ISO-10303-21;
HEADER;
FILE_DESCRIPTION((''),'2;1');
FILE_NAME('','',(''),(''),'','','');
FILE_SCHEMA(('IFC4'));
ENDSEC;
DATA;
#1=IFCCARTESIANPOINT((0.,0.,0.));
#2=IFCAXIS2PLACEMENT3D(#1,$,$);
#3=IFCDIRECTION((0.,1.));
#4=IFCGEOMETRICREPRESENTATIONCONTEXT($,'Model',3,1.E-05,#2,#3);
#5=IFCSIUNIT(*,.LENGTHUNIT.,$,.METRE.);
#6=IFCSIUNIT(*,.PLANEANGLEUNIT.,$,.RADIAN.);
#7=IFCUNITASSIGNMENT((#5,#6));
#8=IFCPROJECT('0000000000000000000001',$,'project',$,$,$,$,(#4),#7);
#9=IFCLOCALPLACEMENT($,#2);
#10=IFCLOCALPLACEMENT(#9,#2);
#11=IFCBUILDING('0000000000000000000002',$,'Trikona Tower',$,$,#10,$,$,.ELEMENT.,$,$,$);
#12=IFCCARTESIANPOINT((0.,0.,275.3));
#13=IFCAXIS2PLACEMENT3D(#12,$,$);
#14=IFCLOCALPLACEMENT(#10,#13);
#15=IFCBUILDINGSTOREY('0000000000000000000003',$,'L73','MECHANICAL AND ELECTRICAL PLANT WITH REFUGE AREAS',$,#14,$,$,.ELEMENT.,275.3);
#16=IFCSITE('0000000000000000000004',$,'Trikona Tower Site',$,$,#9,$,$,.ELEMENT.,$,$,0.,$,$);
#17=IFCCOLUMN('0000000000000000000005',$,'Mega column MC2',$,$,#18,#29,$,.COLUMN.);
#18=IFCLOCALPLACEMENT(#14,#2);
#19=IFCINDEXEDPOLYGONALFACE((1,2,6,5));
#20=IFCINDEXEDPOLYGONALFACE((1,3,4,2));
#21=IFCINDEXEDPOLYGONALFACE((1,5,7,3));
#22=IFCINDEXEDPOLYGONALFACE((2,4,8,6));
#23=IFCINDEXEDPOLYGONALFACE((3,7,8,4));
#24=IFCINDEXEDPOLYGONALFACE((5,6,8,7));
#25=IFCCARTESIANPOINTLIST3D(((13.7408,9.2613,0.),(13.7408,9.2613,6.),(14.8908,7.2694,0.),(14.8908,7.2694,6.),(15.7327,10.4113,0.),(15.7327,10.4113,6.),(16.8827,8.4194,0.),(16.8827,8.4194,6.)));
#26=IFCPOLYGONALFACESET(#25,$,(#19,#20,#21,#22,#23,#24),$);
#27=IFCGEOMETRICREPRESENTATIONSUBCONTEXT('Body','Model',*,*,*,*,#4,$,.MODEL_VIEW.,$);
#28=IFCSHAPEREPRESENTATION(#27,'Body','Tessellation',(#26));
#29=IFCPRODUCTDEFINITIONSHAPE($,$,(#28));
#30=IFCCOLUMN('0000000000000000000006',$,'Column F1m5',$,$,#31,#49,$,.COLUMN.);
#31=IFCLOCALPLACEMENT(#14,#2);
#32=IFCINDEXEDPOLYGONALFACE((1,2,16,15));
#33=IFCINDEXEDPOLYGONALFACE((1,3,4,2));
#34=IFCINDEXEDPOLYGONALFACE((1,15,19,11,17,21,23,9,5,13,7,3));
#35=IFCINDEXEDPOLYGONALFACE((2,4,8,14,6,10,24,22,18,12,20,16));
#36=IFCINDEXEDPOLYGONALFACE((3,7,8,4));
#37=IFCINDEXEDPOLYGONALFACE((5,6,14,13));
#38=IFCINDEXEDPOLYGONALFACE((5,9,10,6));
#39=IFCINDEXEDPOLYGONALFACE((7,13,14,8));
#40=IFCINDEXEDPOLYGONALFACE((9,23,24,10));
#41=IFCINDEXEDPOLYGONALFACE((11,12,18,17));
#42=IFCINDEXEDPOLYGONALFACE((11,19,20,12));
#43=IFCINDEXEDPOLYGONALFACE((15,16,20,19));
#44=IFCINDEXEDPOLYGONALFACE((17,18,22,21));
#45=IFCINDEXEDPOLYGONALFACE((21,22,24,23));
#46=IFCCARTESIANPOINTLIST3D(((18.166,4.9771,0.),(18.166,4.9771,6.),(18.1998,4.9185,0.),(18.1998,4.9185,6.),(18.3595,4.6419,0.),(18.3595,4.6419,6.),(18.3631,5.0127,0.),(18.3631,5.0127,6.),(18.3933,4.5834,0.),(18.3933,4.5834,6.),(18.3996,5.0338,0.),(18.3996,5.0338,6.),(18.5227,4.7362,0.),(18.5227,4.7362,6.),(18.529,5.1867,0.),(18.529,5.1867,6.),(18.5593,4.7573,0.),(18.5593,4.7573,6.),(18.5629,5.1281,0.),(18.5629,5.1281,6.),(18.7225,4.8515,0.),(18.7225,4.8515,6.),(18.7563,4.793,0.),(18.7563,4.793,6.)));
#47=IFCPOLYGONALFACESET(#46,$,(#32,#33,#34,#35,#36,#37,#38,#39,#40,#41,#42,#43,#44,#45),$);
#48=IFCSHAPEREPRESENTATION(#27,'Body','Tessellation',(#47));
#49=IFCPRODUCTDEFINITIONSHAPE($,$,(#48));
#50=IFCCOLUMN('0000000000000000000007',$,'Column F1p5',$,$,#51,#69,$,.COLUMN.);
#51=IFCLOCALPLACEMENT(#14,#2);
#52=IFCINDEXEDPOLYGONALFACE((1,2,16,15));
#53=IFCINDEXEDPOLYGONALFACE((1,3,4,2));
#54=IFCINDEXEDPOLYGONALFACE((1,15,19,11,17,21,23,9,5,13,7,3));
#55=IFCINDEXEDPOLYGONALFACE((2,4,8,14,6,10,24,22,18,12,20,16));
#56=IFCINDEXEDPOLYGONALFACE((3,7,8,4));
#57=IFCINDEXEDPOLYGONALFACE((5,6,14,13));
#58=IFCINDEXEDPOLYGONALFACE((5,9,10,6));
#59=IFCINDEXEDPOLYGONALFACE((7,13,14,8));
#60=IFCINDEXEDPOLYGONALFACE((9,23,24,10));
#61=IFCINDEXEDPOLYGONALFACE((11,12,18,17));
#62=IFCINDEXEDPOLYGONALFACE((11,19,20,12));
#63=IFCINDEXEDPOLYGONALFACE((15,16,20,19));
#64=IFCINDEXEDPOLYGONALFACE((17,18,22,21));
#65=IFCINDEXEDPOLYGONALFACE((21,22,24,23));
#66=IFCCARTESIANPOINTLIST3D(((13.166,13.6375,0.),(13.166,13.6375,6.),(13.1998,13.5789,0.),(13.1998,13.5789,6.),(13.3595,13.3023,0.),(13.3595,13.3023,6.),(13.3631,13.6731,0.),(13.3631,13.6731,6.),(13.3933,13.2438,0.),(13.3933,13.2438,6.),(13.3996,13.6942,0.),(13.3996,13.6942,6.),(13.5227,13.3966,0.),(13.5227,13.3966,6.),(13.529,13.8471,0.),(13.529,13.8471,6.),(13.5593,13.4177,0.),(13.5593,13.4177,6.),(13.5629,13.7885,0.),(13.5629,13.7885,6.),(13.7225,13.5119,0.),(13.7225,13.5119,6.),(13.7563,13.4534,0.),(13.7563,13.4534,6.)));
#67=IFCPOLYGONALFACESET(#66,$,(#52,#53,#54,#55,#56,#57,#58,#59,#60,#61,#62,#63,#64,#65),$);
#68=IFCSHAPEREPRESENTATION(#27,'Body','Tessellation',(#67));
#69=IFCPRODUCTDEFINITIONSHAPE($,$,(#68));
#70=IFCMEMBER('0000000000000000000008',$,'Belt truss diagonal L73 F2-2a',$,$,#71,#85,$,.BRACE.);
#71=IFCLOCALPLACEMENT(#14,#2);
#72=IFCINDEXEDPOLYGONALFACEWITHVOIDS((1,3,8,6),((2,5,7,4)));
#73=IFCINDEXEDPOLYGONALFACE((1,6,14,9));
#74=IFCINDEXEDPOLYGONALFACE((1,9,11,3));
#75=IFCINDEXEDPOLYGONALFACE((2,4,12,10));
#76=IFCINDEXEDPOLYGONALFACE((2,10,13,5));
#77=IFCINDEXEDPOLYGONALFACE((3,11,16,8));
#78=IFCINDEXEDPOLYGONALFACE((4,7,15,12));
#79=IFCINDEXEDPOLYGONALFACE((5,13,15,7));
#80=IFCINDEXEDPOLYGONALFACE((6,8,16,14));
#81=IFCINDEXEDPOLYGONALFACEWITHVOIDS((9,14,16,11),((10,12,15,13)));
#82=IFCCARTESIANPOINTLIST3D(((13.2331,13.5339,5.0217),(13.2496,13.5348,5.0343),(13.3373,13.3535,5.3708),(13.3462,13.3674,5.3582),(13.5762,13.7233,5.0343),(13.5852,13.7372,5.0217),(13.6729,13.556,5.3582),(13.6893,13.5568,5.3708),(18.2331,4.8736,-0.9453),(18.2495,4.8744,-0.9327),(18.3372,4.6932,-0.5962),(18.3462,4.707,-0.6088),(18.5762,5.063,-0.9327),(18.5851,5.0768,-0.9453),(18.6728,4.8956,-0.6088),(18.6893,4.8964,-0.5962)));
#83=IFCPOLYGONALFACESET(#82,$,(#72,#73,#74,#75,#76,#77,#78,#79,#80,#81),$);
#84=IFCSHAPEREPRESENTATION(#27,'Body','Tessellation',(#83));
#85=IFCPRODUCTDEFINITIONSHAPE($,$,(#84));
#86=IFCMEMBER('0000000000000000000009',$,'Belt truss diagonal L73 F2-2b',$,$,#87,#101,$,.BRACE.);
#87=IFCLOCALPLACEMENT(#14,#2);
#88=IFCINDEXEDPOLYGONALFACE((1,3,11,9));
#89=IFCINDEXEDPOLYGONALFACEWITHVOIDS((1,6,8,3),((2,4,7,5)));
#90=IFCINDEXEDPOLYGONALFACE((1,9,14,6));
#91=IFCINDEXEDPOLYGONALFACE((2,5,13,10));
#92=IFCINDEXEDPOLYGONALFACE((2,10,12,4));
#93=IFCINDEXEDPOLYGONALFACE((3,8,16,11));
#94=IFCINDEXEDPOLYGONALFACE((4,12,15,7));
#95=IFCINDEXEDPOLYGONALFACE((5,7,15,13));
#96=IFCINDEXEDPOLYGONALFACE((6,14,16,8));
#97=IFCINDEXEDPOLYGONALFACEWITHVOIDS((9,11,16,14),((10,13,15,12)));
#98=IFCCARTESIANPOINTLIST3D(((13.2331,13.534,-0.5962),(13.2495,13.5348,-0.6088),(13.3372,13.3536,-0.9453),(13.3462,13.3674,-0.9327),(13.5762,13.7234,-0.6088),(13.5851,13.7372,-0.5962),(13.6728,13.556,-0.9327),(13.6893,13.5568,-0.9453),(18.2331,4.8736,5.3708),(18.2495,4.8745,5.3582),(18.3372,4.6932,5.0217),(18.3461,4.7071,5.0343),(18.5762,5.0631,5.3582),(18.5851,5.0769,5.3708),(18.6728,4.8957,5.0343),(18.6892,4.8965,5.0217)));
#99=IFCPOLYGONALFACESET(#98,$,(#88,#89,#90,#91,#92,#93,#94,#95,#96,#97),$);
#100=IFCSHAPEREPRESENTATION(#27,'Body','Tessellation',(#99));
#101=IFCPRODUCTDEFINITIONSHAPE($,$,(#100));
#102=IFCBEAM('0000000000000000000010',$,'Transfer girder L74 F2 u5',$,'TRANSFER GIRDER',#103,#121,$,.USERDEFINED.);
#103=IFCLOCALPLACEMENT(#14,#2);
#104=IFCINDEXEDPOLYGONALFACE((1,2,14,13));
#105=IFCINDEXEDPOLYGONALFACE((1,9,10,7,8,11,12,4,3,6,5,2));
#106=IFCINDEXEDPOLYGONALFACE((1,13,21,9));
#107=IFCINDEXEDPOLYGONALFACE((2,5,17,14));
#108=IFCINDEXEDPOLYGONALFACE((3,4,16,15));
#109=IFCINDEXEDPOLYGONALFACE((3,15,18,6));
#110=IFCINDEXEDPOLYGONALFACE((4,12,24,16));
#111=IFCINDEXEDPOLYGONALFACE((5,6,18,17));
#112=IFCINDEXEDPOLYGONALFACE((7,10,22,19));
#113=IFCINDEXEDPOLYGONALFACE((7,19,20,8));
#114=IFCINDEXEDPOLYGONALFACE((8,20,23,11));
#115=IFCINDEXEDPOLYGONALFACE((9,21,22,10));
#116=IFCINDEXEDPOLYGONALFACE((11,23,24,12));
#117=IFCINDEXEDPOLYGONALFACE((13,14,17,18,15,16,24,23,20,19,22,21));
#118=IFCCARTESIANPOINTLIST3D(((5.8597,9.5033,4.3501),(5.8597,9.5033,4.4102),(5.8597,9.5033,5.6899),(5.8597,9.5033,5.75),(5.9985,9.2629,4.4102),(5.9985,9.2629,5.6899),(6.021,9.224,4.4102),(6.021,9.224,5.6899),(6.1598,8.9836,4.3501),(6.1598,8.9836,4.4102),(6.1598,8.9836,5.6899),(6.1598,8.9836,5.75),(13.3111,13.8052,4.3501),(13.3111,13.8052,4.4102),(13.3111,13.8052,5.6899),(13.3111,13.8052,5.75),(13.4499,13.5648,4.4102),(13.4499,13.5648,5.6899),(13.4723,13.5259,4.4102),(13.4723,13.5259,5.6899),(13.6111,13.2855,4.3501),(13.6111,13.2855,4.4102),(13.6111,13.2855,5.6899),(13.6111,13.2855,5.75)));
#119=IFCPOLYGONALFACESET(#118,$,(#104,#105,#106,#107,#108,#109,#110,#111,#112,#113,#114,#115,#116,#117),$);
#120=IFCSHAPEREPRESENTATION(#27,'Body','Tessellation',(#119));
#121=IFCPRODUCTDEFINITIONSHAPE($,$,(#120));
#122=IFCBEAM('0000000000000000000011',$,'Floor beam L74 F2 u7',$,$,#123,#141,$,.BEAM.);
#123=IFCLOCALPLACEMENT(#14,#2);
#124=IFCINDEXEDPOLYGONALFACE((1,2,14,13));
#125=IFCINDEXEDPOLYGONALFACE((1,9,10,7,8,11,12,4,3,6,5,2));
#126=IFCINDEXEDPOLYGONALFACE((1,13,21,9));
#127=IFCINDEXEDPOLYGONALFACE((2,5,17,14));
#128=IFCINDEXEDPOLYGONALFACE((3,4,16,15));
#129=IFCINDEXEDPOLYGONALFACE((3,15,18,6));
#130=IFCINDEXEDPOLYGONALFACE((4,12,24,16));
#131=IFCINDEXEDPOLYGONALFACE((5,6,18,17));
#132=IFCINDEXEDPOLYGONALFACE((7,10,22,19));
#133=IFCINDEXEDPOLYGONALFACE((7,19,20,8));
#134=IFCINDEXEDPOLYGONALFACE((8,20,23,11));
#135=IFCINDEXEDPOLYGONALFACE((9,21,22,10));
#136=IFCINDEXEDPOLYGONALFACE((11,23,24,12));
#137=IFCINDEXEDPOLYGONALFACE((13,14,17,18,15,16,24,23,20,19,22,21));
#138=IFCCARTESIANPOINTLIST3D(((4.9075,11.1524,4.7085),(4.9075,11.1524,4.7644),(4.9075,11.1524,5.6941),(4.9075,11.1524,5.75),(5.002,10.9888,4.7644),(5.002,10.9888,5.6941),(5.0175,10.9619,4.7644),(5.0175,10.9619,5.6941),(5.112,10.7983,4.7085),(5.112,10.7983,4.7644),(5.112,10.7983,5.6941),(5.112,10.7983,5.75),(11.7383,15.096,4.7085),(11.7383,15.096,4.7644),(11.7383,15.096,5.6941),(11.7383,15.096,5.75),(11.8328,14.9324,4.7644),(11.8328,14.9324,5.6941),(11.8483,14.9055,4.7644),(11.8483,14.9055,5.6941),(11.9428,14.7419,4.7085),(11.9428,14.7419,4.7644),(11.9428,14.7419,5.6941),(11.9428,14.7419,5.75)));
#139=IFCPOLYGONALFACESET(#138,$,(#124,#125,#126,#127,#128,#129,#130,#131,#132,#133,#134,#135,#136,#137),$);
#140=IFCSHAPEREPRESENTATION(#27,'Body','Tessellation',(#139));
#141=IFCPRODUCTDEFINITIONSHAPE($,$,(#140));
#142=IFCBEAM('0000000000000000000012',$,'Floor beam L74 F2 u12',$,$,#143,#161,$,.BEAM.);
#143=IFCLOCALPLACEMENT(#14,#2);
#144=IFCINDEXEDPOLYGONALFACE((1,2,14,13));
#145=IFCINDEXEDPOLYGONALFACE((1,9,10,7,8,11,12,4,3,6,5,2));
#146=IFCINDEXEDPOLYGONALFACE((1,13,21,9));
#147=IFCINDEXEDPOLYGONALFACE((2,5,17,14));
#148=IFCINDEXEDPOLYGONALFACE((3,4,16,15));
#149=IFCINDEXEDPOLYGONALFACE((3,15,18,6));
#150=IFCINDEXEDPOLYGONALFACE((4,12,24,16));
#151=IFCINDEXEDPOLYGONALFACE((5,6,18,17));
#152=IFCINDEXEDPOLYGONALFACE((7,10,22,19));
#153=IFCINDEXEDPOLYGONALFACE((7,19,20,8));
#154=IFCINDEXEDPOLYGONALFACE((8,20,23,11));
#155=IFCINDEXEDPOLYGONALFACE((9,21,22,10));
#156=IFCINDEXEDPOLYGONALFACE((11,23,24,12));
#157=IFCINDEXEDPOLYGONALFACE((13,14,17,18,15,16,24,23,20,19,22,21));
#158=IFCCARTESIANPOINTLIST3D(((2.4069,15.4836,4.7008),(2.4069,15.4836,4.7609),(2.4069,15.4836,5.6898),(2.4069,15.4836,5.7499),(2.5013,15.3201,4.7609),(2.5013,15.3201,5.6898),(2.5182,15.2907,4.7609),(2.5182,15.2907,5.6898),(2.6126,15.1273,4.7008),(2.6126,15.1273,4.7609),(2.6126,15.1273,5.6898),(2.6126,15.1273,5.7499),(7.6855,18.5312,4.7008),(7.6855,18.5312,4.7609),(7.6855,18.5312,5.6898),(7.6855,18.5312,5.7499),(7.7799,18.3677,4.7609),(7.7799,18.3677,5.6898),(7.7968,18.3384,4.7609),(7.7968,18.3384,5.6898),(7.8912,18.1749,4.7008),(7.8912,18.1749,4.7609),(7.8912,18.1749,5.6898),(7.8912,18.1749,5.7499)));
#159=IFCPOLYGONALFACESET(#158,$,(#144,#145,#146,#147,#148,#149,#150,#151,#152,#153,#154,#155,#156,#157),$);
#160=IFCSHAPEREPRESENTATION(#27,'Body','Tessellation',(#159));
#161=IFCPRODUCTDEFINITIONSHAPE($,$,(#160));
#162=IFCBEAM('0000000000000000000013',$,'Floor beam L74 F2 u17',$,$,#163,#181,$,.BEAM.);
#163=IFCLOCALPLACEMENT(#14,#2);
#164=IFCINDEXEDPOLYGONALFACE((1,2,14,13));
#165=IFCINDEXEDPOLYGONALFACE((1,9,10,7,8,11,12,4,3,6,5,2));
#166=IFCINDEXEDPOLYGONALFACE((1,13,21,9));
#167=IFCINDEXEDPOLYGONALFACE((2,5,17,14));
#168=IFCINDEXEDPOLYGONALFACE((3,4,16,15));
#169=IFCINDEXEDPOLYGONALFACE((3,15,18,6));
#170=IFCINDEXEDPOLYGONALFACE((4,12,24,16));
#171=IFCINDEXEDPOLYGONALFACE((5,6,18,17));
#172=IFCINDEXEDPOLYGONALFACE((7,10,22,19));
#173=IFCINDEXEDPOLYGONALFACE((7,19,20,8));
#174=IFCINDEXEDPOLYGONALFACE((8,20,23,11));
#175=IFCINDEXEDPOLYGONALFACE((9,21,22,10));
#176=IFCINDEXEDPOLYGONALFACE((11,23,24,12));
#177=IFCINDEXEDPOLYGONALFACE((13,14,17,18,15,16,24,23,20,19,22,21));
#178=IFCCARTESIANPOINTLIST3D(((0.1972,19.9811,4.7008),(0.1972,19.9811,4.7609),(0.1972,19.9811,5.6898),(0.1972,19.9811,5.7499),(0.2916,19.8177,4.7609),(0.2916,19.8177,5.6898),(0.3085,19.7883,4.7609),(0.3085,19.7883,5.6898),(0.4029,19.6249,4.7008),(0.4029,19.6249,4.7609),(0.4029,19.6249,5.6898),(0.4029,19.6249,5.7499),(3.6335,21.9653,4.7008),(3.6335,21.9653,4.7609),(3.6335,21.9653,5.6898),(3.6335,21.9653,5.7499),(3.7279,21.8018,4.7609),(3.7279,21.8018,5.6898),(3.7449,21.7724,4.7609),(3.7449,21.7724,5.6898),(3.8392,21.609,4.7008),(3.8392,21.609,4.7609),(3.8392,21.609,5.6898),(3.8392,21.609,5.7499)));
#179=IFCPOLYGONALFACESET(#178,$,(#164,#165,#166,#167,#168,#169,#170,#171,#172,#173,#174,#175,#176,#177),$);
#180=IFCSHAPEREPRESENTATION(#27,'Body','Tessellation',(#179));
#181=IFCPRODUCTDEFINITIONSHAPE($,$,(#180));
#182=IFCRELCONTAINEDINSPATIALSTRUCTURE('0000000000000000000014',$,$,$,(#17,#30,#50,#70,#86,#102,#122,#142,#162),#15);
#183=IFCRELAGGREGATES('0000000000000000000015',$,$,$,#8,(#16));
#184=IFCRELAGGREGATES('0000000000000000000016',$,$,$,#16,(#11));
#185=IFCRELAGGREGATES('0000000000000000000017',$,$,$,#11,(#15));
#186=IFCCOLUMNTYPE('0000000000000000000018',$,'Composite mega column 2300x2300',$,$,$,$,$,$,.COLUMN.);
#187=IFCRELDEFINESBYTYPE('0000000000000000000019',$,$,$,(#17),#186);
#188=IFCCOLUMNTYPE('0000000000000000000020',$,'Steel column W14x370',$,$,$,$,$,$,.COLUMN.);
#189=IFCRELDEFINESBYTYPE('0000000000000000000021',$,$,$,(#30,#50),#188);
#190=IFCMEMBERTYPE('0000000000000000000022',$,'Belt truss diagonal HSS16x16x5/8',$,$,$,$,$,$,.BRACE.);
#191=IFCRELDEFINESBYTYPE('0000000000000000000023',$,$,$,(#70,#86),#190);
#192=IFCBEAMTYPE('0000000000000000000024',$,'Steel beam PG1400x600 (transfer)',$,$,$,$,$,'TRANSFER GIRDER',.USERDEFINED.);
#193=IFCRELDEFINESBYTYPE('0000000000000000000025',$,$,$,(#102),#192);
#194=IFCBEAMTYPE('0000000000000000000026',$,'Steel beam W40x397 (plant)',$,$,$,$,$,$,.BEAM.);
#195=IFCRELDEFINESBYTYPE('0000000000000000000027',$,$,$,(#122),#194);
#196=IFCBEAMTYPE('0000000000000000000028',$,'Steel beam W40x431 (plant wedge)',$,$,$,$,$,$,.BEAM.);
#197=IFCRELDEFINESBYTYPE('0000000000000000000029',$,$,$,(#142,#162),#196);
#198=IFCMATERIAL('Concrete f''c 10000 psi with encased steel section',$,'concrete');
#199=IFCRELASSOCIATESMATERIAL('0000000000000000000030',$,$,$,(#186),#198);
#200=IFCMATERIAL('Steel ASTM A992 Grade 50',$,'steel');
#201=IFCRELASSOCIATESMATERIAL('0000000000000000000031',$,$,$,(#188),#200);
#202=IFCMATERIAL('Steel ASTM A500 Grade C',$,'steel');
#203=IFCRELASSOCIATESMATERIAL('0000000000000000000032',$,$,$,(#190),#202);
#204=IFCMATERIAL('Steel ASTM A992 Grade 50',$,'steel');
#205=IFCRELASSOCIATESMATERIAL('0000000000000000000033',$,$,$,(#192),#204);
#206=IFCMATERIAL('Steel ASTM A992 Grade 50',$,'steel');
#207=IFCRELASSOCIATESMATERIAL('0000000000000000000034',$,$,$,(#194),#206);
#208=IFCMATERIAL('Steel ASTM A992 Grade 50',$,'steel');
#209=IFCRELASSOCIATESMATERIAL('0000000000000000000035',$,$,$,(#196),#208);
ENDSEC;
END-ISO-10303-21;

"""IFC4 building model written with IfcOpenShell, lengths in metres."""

from ifc_helpers import new_model, si_unit, direction, frame, origin, origin_2d, place, context, subcontext, project, spatial, rectangle, hollow_rectangle, i_section, extrude, material, material_profile, profile_set, type_object, element, save


model = new_model("IFC4")

# Units and contexts
model_context = context("Model", 3, precision=1e-05, world=origin(), true_north=direction((0.0, 1.0)))
body_context = subcontext(model_context, "Body", "Model", "MODEL_VIEW")
ifc_project = project(units=[si_unit("LENGTHUNIT", "METRE"), si_unit("PLANEANGLEUNIT", "RADIAN")], contexts=[model_context])

# Site, building, storey
site_placement = place(None, origin())
site = spatial("IfcSite", under=ifc_project, at=site_placement, Name="Trikona Tower Site", CompositionType="ELEMENT", RefElevation=0.0)
building_placement = place(site_placement, origin())
building = spatial("IfcBuilding", under=site, at=building_placement, Name="Trikona Tower", CompositionType="ELEMENT")
storey_placement = place(building_placement, frame((0.0, 0.0, 275.3)))
storey = spatial("IfcBuildingStorey", under=building, at=storey_placement, Name="L73", Description="MECHANICAL AND ELECTRICAL PLANT WITH REFUGE AREAS", CompositionType="ELEMENT", Elevation=275.3)

# Columns
ifc_material_1 = material(Name="Concrete f'c 10000 psi with encased steel section", Category="concrete")
ifc_material_profile_1 = material_profile(ifc_material_1, rectangle(XDim=2.3, YDim=2.3, at=origin_2d()), Name="MC2300")
ifc_profile_set_1 = profile_set([ifc_material_profile_1], Name="Concrete f'c 10000 psi with encased steel section")
column_type_1 = type_object("IfcColumnType", Name="Composite mega column 2300x2300", PredefinedType="COLUMN", material=ifc_profile_set_1)
column_placement = place(storey_placement, frame((15.3118, 8.8403, 0.0), z_axis=(0.0, 0.0, 1.0), x_axis=(0.866025, 0.5, 0.0)))
element("IfcColumn", 1, at=column_placement, inside=storey, type_object=column_type_1, Name="Mega column MC2", PredefinedType="COLUMN", context=body_context, shape_type="SweptSolid", body=[
    extrude(rectangle(XDim=2.3, YDim=2.3, at=origin_2d()), origin(), (0.0, 0.0, 1.0), 6.0),
])
ifc_material_2 = material(Name="Steel ASTM A992 Grade 50", Category="steel")
ifc_material_profile_2 = material_profile(ifc_material_2, i_section(OverallWidth=0.4192, OverallDepth=0.4546, WebThickness=0.0422, FlangeThickness=0.0676, at=origin_2d()), Name="W14X370")
ifc_profile_set_2 = profile_set([ifc_material_profile_2], Name="Steel ASTM A992 Grade 50")
column_type_2 = type_object("IfcColumnType", Name="Steel column W14x370", PredefinedType="COLUMN", material=ifc_profile_set_2)
for number, where, z_axis, x_axis, name in (
    (2, (18.4612, 4.885, 0.0), (0.0, 0.0, 1.0), (0.866025, 0.5, 0.0), "Column F1m5"),
    (3, (13.4612, 13.5454, 0.0), (0.0, 0.0, 1.0), (0.866025, 0.5, 0.0), "Column F1p5"),
):
    element("IfcColumn", number, at=place(storey_placement, frame(where, z_axis=z_axis, x_axis=x_axis)), inside=storey, type_object=column_type_2, Name=name, PredefinedType="COLUMN", context=body_context, shape_type="SweptSolid", body=[
        extrude(i_section(OverallWidth=0.4192, OverallDepth=0.4546, WebThickness=0.0422, FlangeThickness=0.0676, at=origin_2d()), origin(), (0.0, 0.0, 1.0), 6.0),
    ])

# Members
ifc_material_3 = material(Name="Steel ASTM A500 Grade C", Category="steel")
ifc_material_profile_3 = material_profile(ifc_material_3, hollow_rectangle(XDim=0.4065, YDim=0.4065, WallThickness=0.0146, at=origin_2d()), Name="HSS16X16X5/8")
ifc_profile_set_3 = profile_set([ifc_material_profile_3], Name="Steel ASTM A500 Grade C")
member_type = type_object("IfcMemberType", Name="Belt truss diagonal HSS16x16x5/8", PredefinedType="BRACE", material=ifc_profile_set_3)
for number, where, z_axis, x_axis, name in (
    (4, (18.4612, 4.885, -0.7708), (-0.429366, 0.743695, 0.512408), (-0.866029, -0.499994, 0.0), "Belt truss diagonal L73 F2-2a"),
    (5, (13.4612, 13.5454, -0.7708), (0.429366, -0.743695, 0.512408), (0.866029, 0.499994, 0.0), "Belt truss diagonal L73 F2-2b"),
):
    element("IfcMember", number, at=place(storey_placement, frame(where, z_axis=z_axis, x_axis=x_axis)), inside=storey, type_object=member_type, Name=name, PredefinedType="BRACE", context=body_context, shape_type="SweptSolid", body=[
        extrude(hollow_rectangle(XDim=0.4065, YDim=0.4065, WallThickness=0.0146, at=origin_2d()), origin(), (0.0, 0.0, 1.0), 11.645),
    ])

# Beams
ifc_material_4 = material(Name="Steel ASTM A992 Grade 50", Category="steel")
ifc_material_profile_4 = material_profile(ifc_material_4, i_section(OverallWidth=0.6001, OverallDepth=1.3999, WebThickness=0.0449, FlangeThickness=0.0601, at=origin_2d()), Name="PG1400X600")
ifc_profile_set_4 = profile_set([ifc_material_profile_4], Name="Steel ASTM A992 Grade 50")
beam_type_1 = type_object("IfcBeamType", Name="Steel beam PG1400x600 (transfer)", ElementType="TRANSFER GIRDER", PredefinedType="USERDEFINED", material=ifc_profile_set_4)
beam_1_placement = place(storey_placement, frame((6.0098, 9.2434, 5.05), z_axis=(0.866029, 0.499993, 0.0), x_axis=(-0.499993, 0.866029, 0.0)))
element("IfcBeam", 6, at=beam_1_placement, inside=storey, type_object=beam_type_1, Name="Transfer girder L74 F2 u5", ObjectType="TRANSFER GIRDER", PredefinedType="USERDEFINED", context=body_context, shape_type="SweptSolid", body=[
    extrude(i_section(OverallWidth=0.6001, OverallDepth=1.3999, WebThickness=0.0449, FlangeThickness=0.0601, at=origin_2d()), origin(), (0.0, 0.0, 1.0), 8.604),
])
ifc_material_5 = material(Name="Steel ASTM A992 Grade 50", Category="steel")
ifc_material_profile_5 = material_profile(ifc_material_5, i_section(OverallWidth=0.4089, OverallDepth=1.0415, WebThickness=0.031, FlangeThickness=0.0559, at=origin_2d()), Name="W40X397")
ifc_profile_set_5 = profile_set([ifc_material_profile_5], Name="Steel ASTM A992 Grade 50")
beam_type_2 = type_object("IfcBeamType", Name="Steel beam W40x397 (plant)", PredefinedType="BEAM", material=ifc_profile_set_5)
beam_2_placement = place(storey_placement, frame((5.0098, 10.9753, 5.2292), z_axis=(0.866035, 0.499984, 0.0), x_axis=(-0.499984, 0.866035, 0.0)))
element("IfcBeam", 7, at=beam_2_placement, inside=storey, type_object=beam_type_2, Name="Floor beam L74 F2 u7", PredefinedType="BEAM", context=body_context, shape_type="SweptSolid", body=[
    extrude(i_section(OverallWidth=0.4089, OverallDepth=1.0415, WebThickness=0.031, FlangeThickness=0.0559, at=origin_2d()), origin(), (0.0, 0.0, 1.0), 7.8875),
])
ifc_material_6 = material(Name="Steel ASTM A992 Grade 50", Category="steel")
ifc_material_profile_6 = material_profile(ifc_material_6, i_section(OverallWidth=0.4114, OverallDepth=1.0491, WebThickness=0.0339, FlangeThickness=0.0601, at=origin_2d()), Name="W40X431")
ifc_profile_set_6 = profile_set([ifc_material_profile_6], Name="Steel ASTM A992 Grade 50")
beam_type_3 = type_object("IfcBeamType", Name="Steel beam W40x431 (plant wedge)", PredefinedType="BEAM", material=ifc_profile_set_6)
beam_3_placement = place(storey_placement, frame((2.5098, 15.3054, 5.2253), z_axis=(0.866023, 0.500003, 0.0), x_axis=(-0.500003, 0.866023, 0.0)))
element("IfcBeam", 8, at=beam_3_placement, inside=storey, type_object=beam_type_3, Name="Floor beam L74 F2 u12", PredefinedType="BEAM", context=body_context, shape_type="SweptSolid", body=[
    extrude(i_section(OverallWidth=0.4114, OverallDepth=1.0491, WebThickness=0.0339, FlangeThickness=0.0601, at=origin_2d()), origin(), (0.0, 0.0, 1.0), 6.0952),
])
beam_4_placement = place(storey_placement, frame((0.3, 19.803, 5.2253), z_axis=(0.866004, 0.500037, 0.0), x_axis=(-0.500037, 0.866004, 0.0)))
element("IfcBeam", 9, at=beam_4_placement, inside=storey, type_object=beam_type_3, Name="Floor beam L74 F2 u17", PredefinedType="BEAM", context=body_context, shape_type="SweptSolid", body=[
    extrude(i_section(OverallWidth=0.4114, OverallDepth=1.0491, WebThickness=0.0339, FlangeThickness=0.0601, at=origin_2d()), origin(), (0.0, 0.0, 1.0), 3.968),
])

save(model, "model.ifc")
